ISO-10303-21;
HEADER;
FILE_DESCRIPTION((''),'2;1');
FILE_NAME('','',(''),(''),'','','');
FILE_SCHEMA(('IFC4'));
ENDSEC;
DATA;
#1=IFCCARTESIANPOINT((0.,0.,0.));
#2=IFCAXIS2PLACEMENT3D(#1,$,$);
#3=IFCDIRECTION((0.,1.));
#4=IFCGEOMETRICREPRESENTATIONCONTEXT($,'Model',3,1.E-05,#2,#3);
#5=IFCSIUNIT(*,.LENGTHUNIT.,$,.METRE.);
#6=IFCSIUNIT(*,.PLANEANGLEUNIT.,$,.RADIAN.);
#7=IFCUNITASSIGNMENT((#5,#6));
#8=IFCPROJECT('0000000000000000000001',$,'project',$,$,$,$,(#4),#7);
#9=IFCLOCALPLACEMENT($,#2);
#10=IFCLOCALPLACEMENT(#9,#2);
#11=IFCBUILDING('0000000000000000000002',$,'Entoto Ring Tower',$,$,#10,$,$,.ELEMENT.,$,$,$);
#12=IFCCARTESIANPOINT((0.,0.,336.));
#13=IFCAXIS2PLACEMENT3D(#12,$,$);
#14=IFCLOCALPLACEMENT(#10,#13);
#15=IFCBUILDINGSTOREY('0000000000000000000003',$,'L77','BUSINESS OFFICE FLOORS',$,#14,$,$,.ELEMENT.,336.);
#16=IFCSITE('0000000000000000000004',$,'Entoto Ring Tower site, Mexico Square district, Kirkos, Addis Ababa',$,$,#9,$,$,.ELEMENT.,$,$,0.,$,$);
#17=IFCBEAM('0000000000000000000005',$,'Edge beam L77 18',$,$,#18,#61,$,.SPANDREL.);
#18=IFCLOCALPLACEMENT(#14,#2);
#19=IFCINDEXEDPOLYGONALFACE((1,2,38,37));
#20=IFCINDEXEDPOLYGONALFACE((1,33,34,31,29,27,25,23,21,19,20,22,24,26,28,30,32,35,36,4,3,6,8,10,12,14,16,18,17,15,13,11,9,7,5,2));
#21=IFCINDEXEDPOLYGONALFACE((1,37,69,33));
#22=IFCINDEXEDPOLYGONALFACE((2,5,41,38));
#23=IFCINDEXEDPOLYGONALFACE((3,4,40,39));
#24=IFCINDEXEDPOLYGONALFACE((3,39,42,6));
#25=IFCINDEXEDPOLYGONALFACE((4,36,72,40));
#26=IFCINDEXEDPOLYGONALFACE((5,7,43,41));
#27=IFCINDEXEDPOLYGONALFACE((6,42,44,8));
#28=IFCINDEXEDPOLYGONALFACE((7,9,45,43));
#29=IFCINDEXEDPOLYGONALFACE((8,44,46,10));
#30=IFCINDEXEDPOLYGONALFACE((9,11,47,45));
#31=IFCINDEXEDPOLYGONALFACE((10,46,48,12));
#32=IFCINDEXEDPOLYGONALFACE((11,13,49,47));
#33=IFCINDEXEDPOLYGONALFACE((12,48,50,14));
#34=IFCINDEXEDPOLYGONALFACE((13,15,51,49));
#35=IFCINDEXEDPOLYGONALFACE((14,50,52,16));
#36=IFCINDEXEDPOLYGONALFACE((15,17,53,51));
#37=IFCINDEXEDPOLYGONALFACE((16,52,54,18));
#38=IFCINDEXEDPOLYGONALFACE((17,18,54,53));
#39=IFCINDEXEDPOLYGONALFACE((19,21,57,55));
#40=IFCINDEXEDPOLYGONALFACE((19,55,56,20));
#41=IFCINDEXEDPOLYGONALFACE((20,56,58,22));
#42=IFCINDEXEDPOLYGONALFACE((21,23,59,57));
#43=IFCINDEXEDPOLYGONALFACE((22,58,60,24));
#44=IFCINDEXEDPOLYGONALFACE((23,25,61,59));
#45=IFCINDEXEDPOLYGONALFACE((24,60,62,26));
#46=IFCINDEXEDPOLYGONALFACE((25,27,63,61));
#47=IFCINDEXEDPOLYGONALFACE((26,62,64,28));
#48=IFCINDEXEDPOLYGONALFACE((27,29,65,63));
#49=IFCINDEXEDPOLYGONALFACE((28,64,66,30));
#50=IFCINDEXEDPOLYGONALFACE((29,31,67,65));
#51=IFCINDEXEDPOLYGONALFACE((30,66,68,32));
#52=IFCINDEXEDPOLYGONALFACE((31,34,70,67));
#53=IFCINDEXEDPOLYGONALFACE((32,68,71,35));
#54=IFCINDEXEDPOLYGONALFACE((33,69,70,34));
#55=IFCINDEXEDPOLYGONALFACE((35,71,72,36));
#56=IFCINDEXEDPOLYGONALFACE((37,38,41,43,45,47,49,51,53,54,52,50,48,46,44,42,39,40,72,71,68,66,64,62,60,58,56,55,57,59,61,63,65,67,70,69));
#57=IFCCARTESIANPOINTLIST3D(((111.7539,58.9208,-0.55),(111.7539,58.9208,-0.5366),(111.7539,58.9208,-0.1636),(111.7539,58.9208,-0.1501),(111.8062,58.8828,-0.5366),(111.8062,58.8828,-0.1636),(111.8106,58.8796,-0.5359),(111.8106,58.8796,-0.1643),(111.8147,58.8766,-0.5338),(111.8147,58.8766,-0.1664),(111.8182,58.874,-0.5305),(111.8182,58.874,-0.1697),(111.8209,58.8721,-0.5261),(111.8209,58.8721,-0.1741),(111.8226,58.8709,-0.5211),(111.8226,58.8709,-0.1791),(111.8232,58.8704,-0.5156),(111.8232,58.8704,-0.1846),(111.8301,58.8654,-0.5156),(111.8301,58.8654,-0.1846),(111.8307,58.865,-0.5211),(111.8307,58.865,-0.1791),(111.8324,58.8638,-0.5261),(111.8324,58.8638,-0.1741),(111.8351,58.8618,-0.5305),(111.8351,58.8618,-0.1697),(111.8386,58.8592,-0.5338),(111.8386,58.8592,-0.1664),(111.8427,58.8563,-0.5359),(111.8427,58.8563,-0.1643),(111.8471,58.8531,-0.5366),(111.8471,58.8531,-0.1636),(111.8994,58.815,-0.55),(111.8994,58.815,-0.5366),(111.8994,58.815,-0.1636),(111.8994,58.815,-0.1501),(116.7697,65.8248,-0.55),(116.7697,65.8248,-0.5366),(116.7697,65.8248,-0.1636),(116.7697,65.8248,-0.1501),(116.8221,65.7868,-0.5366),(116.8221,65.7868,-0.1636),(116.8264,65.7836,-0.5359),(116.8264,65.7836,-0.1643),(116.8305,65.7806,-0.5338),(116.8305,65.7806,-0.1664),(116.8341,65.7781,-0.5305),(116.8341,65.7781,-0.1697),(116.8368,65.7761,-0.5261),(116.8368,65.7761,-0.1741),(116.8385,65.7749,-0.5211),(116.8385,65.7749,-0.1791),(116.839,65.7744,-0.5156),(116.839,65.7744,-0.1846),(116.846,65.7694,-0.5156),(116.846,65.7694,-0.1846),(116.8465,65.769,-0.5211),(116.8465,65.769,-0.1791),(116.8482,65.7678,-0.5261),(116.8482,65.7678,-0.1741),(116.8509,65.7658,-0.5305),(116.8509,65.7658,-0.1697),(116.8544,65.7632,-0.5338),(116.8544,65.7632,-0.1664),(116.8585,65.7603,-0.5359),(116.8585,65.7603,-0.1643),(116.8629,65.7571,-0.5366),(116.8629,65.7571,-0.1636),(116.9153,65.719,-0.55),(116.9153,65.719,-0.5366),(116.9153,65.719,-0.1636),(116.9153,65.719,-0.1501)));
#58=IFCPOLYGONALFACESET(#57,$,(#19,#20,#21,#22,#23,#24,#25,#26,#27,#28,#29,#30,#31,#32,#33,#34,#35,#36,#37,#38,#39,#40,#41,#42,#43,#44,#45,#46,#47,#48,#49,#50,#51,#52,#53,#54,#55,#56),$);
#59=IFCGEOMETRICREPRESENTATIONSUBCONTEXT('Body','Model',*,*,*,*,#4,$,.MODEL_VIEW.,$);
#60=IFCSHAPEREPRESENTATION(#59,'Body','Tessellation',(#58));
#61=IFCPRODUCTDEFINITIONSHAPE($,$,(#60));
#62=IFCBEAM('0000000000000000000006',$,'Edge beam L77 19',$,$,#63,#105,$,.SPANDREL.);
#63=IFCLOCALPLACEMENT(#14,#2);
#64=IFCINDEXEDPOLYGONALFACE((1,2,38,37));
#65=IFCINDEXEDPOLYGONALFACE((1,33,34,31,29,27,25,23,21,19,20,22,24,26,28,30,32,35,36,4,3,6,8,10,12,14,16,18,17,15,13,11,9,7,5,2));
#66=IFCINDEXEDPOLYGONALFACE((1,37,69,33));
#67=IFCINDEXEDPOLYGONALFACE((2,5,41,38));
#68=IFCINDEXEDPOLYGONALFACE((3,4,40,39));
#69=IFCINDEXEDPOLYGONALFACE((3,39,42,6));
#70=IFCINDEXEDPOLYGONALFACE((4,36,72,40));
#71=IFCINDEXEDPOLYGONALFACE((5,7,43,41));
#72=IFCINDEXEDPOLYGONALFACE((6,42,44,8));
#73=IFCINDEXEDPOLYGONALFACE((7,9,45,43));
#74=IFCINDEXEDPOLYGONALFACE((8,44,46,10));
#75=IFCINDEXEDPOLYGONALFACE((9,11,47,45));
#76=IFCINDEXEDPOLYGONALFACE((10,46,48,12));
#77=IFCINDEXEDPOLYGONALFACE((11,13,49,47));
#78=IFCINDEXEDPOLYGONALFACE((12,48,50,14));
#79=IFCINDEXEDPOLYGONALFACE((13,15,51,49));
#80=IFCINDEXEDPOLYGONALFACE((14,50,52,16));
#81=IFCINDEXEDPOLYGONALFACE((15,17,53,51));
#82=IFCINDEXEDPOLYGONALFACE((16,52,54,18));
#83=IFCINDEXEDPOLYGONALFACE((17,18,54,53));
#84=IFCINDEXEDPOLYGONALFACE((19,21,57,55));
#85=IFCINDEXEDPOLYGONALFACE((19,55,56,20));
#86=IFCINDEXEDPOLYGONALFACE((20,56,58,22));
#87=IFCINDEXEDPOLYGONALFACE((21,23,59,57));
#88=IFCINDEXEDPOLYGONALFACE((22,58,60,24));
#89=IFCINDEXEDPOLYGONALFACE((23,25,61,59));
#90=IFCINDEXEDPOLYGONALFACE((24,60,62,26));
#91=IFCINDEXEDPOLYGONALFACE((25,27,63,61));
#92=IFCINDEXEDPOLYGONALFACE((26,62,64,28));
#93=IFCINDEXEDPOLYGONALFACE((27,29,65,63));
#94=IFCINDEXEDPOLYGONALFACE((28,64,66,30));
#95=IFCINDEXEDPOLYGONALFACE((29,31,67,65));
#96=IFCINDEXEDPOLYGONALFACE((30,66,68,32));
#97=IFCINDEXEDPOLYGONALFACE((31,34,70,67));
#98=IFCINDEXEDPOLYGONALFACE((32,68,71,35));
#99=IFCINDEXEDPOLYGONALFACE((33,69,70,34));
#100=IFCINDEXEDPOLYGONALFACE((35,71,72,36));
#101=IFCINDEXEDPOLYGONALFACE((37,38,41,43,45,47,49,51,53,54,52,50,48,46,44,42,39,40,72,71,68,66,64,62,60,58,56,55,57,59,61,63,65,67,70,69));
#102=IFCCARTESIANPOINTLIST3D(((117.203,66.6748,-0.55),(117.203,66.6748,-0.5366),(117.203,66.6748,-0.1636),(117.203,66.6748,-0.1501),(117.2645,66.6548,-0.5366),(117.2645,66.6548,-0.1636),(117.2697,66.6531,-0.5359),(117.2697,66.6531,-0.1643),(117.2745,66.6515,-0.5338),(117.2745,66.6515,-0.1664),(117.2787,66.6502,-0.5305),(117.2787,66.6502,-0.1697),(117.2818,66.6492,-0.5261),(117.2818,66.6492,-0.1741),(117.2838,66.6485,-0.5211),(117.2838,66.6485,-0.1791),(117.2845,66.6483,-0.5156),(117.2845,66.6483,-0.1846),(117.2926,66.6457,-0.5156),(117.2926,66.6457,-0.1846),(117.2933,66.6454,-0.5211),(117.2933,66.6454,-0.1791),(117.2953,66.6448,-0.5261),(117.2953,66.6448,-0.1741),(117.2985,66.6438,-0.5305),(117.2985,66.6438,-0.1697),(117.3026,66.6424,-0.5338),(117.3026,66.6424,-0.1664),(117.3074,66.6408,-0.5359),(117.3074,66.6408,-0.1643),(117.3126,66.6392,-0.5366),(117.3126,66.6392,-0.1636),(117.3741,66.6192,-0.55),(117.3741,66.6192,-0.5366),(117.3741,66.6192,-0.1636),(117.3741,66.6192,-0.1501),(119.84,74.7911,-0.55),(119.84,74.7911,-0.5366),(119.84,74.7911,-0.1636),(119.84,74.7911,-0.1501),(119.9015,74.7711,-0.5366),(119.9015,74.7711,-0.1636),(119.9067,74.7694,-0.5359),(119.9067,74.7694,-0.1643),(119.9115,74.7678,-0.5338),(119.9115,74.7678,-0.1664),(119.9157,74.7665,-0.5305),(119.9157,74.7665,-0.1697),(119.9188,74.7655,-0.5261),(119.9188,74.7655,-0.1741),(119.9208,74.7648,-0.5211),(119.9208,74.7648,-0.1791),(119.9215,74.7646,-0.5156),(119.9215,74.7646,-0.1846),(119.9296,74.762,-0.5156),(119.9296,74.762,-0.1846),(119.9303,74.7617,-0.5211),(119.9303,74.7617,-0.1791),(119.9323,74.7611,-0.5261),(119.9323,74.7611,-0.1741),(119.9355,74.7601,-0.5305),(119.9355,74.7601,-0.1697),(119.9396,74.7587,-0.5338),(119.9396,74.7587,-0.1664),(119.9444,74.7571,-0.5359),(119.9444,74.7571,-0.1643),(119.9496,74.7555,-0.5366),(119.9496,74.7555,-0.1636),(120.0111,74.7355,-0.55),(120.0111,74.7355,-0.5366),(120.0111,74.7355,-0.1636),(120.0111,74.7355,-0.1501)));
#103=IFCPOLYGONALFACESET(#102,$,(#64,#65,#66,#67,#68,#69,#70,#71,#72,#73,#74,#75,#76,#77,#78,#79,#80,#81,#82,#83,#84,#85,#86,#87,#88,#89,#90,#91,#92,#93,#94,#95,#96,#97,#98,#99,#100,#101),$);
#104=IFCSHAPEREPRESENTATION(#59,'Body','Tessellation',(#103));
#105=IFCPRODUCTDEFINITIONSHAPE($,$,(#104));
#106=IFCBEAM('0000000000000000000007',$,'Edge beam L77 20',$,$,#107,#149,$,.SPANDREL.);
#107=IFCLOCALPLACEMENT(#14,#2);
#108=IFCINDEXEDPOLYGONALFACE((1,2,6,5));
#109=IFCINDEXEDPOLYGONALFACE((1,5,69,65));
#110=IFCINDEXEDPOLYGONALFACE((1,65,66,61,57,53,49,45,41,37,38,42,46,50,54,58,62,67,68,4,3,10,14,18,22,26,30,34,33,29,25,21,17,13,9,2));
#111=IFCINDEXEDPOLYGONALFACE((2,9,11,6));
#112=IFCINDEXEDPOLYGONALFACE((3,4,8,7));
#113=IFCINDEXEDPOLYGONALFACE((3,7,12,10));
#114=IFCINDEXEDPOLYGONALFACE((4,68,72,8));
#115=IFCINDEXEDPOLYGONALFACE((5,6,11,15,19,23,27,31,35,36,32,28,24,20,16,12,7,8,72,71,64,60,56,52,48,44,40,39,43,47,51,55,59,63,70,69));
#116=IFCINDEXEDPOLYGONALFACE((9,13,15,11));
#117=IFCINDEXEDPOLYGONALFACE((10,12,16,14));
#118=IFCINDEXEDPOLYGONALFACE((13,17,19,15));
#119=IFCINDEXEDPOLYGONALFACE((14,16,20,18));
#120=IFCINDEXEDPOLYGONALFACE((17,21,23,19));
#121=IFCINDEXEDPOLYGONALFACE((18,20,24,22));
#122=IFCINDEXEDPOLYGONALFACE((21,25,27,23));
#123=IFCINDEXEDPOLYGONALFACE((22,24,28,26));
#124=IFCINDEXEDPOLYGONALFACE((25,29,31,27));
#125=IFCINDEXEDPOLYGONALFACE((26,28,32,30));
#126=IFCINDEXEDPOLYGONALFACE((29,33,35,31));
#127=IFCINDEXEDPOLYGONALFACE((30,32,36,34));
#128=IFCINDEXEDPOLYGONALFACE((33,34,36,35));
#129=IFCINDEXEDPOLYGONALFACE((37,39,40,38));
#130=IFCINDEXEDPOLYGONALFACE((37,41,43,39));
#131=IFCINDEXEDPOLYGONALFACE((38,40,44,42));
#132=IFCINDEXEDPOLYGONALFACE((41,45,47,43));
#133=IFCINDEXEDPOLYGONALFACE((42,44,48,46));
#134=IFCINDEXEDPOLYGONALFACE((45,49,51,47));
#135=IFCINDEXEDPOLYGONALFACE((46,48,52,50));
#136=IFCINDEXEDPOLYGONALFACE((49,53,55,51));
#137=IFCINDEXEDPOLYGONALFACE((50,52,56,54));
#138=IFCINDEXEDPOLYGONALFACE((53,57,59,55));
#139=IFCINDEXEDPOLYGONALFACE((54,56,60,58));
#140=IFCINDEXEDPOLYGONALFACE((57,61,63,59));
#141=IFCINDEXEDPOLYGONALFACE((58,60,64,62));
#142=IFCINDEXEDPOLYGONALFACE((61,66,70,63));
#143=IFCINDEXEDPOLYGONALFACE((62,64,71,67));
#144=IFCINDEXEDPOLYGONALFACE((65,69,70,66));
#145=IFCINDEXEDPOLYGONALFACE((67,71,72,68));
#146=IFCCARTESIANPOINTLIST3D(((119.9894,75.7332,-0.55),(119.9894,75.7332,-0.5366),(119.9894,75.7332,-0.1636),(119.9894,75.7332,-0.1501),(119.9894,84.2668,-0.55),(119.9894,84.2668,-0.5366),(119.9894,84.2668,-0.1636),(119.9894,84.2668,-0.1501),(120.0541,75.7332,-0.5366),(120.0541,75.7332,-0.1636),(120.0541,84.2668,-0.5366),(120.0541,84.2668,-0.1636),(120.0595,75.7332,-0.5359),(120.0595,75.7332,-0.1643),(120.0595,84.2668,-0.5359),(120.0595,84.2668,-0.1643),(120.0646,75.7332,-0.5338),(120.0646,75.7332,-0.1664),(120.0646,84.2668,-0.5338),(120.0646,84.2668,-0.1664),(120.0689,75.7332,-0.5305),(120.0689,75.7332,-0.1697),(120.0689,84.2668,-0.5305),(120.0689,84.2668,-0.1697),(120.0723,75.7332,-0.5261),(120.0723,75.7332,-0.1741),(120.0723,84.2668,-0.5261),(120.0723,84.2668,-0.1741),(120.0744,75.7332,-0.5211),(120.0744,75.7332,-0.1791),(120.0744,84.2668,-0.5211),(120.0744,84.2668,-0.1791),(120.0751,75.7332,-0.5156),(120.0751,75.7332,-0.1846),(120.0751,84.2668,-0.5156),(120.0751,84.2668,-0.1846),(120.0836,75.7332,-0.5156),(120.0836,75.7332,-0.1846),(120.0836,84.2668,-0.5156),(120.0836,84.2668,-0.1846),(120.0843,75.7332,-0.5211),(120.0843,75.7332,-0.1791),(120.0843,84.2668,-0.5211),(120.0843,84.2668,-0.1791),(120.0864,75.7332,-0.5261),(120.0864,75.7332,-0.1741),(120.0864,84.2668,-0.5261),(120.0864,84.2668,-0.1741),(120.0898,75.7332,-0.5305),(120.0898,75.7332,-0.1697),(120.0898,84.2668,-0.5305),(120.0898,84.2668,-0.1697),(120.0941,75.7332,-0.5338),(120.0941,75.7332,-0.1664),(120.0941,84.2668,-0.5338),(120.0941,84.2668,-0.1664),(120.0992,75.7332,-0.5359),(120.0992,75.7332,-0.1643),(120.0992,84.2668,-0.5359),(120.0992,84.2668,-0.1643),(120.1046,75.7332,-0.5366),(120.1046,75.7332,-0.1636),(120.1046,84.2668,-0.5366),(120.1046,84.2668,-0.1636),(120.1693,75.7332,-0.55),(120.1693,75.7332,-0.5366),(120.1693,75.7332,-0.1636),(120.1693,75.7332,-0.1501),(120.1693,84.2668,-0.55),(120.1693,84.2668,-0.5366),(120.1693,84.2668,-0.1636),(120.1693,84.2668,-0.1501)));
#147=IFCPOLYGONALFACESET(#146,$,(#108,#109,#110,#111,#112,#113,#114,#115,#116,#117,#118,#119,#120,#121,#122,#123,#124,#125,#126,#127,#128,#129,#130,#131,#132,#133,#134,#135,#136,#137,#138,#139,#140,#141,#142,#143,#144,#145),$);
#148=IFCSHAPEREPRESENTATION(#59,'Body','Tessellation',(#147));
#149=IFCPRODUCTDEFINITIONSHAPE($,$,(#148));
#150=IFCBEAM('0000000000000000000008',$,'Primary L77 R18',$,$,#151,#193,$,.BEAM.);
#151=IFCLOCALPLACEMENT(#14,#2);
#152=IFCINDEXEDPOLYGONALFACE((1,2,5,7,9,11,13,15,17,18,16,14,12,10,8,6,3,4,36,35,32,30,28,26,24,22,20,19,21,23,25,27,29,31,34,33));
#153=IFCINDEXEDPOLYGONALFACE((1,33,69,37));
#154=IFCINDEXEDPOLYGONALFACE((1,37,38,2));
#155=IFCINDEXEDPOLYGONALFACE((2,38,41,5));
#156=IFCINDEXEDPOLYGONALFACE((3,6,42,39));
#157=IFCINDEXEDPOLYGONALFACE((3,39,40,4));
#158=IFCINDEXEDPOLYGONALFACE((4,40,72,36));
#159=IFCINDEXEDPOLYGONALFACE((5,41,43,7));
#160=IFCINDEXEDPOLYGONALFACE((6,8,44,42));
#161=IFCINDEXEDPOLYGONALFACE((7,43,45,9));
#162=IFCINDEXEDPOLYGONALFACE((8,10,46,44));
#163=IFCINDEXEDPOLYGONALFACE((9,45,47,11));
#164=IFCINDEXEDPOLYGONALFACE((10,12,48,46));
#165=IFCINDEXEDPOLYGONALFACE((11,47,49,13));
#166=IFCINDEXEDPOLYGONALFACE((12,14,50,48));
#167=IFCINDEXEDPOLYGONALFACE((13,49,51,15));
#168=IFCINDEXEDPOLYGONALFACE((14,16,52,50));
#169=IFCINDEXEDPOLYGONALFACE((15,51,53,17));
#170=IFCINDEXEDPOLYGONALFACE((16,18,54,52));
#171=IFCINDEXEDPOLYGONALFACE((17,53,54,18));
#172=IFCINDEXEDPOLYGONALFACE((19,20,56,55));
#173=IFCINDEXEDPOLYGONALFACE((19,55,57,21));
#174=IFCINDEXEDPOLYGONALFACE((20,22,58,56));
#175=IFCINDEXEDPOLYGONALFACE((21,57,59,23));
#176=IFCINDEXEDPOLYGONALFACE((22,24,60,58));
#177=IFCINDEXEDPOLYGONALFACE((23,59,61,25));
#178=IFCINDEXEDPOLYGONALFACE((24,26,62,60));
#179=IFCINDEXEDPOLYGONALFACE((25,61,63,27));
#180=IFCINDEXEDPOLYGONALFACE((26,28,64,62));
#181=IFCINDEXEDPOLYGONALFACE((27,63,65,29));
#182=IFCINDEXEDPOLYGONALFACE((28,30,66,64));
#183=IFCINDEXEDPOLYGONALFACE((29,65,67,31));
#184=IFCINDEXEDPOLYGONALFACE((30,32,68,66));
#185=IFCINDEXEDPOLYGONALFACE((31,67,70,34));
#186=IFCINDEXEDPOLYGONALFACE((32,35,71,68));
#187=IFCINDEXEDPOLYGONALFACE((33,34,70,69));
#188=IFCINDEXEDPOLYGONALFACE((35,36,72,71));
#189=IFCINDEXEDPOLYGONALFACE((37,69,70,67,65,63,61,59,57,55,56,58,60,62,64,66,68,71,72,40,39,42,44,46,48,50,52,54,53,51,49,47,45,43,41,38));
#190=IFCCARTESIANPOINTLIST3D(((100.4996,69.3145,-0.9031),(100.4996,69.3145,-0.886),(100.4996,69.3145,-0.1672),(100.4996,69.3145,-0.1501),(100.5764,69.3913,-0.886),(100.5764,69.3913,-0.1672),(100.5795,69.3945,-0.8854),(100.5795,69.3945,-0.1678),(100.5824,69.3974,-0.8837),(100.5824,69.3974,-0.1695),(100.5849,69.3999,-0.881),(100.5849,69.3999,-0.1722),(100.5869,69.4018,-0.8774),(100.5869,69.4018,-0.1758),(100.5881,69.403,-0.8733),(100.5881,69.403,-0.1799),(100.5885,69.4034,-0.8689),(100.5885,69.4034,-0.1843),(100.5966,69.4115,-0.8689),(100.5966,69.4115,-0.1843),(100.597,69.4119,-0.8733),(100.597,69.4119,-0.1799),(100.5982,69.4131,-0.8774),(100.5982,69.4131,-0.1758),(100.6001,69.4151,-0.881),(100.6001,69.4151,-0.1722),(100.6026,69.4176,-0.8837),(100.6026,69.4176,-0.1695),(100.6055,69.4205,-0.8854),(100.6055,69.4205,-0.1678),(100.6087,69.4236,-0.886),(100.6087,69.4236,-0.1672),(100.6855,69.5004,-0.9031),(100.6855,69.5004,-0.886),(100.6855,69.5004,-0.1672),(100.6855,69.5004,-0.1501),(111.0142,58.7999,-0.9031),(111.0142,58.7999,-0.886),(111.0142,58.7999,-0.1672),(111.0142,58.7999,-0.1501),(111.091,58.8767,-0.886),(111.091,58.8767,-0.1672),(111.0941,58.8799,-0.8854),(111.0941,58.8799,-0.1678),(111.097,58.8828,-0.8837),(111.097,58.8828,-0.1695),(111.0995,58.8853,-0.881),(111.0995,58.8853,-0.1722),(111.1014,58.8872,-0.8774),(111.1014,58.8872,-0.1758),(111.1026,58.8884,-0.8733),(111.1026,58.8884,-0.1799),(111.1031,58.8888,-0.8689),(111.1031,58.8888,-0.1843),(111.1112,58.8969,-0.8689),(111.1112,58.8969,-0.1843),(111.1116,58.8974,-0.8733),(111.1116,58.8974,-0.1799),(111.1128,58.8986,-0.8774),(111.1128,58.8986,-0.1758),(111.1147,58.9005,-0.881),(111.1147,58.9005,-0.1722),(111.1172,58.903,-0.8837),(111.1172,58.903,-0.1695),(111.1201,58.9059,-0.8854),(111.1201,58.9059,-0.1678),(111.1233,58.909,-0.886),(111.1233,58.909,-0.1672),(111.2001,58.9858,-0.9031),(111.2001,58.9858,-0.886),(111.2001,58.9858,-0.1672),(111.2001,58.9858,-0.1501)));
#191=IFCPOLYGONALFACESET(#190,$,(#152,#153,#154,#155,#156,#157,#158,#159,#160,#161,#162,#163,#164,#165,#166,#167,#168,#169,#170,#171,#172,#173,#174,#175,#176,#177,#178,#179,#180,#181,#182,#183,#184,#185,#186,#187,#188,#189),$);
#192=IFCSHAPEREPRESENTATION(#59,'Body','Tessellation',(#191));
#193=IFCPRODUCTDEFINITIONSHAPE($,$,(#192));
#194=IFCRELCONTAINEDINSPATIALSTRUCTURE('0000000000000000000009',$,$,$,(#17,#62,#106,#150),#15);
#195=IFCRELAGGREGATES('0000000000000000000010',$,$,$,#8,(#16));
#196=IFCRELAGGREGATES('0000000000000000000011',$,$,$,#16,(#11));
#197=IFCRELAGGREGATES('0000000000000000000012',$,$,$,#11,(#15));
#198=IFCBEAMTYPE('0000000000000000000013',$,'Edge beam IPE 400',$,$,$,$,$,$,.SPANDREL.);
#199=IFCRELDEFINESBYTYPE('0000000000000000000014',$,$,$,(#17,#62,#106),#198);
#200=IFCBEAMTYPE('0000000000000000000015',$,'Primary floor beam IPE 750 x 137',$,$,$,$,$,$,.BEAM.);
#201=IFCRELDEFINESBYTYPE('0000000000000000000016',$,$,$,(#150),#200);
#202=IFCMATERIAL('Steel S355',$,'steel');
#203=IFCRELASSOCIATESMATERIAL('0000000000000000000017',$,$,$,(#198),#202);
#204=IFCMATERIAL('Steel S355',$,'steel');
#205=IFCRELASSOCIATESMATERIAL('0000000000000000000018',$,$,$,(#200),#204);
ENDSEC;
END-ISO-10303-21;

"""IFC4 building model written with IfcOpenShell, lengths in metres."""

from ifc_helpers import new_model, si_unit, direction, frame, origin, origin_2d, place, context, subcontext, project, spatial, i_section, extrude, material, material_profile, profile_set, type_object, element, save


model = new_model("IFC4")

# Units and contexts
model_context = context("Model", 3, precision=1e-05, world=origin(), true_north=direction((0.0, 1.0)))
body_context = subcontext(model_context, "Body", "Model", "MODEL_VIEW")
ifc_project = project(units=[si_unit("LENGTHUNIT", "METRE"), si_unit("PLANEANGLEUNIT", "RADIAN")], contexts=[model_context])

# Site, building, storey
site_placement = place(None, origin())
site = spatial("IfcSite", under=ifc_project, at=site_placement, Name="Entoto Ring Tower site, Mexico Square district, Kirkos, Addis Ababa", CompositionType="ELEMENT", RefElevation=0.0)
building_placement = place(site_placement, origin())
building = spatial("IfcBuilding", under=site, at=building_placement, Name="Entoto Ring Tower", CompositionType="ELEMENT")
storey_placement = place(building_placement, frame((0.0, 0.0, 336.0)))
storey = spatial("IfcBuildingStorey", under=building, at=storey_placement, Name="L77", Description="BUSINESS OFFICE FLOORS", CompositionType="ELEMENT", Elevation=336.0)

# Beams
ifc_material_1 = material(Name="Steel S355", Category="steel")
ifc_material_profile_1 = material_profile(ifc_material_1, i_section(OverallWidth=0.1799, OverallDepth=0.3999, WebThickness=0.0085, FlangeThickness=0.0134, FilletRadius=0.021, at=origin_2d()), Name="IPE 400")
ifc_profile_set_1 = profile_set([ifc_material_profile_1], Name="Steel S355")
beam_type_1 = type_object("IfcBeamType", Name="Edge beam IPE 400", PredefinedType="SPANDREL", material=ifc_profile_set_1)
for number, where, z_axis, x_axis, name in (
    (1, (111.8267, 58.8679, -0.3501), (0.587768, 0.809029, 0.0), (-0.809029, 0.587768, 0.0), "Edge beam L77 18"),
):
    element("IfcBeam", number, at=place(storey_placement, frame(where, z_axis=z_axis, x_axis=x_axis)), inside=storey, type_object=beam_type_1, Name=name, PredefinedType="SPANDREL", context=body_context, shape_type="SweptSolid", body=[
        extrude(i_section(OverallWidth=0.1799, OverallDepth=0.3999, WebThickness=0.0085, FlangeThickness=0.0134, FilletRadius=0.021, at=origin_2d()), origin(), (0.0, 0.0, 1.0), 8.5337),
    ])
beam_1_placement = place(storey_placement, frame((117.2886, 66.647, -0.3501), z_axis=(0.309001, 0.951062, 0.0), x_axis=(-0.951062, 0.309001, 0.0)))
element("IfcBeam", 2, at=beam_1_placement, inside=storey, type_object=beam_type_1, Name="Edge beam L77 19", PredefinedType="SPANDREL", context=body_context, shape_type="SweptSolid", body=[
    extrude(i_section(OverallWidth=0.1799, OverallDepth=0.3999, WebThickness=0.0085, FlangeThickness=0.0134, FilletRadius=0.021, at=origin_2d()), origin(), (0.0, 0.0, 1.0), 8.5339),
])
beam_2_placement = place(storey_placement, frame((120.0793, 75.7332, -0.3501), z_axis=(0.0, 1.0, 0.0), x_axis=(-1.0, 0.0, 0.0)))
element("IfcBeam", 3, at=beam_2_placement, inside=storey, type_object=beam_type_1, Name="Edge beam L77 20", PredefinedType="SPANDREL", context=body_context, shape_type="SweptSolid", body=[
    extrude(i_section(OverallWidth=0.1799, OverallDepth=0.3999, WebThickness=0.0085, FlangeThickness=0.0134, FilletRadius=0.021, at=origin_2d()), origin(), (0.0, 0.0, 1.0), 8.5337),
])
ifc_material_2 = material(Name="Steel S355", Category="steel")
ifc_material_profile_2 = material_profile(ifc_material_2, i_section(OverallWidth=0.2629, OverallDepth=0.7529, WebThickness=0.0115, FlangeThickness=0.0171, FilletRadius=0.0171, at=origin_2d()), Name="IPE 750 x 137")
ifc_profile_set_2 = profile_set([ifc_material_profile_2], Name="Steel S355")
beam_type_2 = type_object("IfcBeamType", Name="Primary floor beam IPE 750 x 137", PredefinedType="BEAM", material=ifc_profile_set_2)
beam_3_placement = place(storey_placement, frame((100.5925, 69.4075, -0.5266), z_axis=(0.707107, -0.707107, 0.0), x_axis=(0.707107, 0.707107, 0.0)))
element("IfcBeam", 4, at=beam_3_placement, inside=storey, type_object=beam_type_2, Name="Primary L77 R18", PredefinedType="BEAM", context=body_context, shape_type="SweptSolid", body=[
    extrude(i_section(OverallWidth=0.2629, OverallDepth=0.7529, WebThickness=0.0115, FlangeThickness=0.0171, FilletRadius=0.0171, at=origin_2d()), origin(), (0.0, 0.0, 1.0), 14.8699),
])

save(model, "model.ifc")
